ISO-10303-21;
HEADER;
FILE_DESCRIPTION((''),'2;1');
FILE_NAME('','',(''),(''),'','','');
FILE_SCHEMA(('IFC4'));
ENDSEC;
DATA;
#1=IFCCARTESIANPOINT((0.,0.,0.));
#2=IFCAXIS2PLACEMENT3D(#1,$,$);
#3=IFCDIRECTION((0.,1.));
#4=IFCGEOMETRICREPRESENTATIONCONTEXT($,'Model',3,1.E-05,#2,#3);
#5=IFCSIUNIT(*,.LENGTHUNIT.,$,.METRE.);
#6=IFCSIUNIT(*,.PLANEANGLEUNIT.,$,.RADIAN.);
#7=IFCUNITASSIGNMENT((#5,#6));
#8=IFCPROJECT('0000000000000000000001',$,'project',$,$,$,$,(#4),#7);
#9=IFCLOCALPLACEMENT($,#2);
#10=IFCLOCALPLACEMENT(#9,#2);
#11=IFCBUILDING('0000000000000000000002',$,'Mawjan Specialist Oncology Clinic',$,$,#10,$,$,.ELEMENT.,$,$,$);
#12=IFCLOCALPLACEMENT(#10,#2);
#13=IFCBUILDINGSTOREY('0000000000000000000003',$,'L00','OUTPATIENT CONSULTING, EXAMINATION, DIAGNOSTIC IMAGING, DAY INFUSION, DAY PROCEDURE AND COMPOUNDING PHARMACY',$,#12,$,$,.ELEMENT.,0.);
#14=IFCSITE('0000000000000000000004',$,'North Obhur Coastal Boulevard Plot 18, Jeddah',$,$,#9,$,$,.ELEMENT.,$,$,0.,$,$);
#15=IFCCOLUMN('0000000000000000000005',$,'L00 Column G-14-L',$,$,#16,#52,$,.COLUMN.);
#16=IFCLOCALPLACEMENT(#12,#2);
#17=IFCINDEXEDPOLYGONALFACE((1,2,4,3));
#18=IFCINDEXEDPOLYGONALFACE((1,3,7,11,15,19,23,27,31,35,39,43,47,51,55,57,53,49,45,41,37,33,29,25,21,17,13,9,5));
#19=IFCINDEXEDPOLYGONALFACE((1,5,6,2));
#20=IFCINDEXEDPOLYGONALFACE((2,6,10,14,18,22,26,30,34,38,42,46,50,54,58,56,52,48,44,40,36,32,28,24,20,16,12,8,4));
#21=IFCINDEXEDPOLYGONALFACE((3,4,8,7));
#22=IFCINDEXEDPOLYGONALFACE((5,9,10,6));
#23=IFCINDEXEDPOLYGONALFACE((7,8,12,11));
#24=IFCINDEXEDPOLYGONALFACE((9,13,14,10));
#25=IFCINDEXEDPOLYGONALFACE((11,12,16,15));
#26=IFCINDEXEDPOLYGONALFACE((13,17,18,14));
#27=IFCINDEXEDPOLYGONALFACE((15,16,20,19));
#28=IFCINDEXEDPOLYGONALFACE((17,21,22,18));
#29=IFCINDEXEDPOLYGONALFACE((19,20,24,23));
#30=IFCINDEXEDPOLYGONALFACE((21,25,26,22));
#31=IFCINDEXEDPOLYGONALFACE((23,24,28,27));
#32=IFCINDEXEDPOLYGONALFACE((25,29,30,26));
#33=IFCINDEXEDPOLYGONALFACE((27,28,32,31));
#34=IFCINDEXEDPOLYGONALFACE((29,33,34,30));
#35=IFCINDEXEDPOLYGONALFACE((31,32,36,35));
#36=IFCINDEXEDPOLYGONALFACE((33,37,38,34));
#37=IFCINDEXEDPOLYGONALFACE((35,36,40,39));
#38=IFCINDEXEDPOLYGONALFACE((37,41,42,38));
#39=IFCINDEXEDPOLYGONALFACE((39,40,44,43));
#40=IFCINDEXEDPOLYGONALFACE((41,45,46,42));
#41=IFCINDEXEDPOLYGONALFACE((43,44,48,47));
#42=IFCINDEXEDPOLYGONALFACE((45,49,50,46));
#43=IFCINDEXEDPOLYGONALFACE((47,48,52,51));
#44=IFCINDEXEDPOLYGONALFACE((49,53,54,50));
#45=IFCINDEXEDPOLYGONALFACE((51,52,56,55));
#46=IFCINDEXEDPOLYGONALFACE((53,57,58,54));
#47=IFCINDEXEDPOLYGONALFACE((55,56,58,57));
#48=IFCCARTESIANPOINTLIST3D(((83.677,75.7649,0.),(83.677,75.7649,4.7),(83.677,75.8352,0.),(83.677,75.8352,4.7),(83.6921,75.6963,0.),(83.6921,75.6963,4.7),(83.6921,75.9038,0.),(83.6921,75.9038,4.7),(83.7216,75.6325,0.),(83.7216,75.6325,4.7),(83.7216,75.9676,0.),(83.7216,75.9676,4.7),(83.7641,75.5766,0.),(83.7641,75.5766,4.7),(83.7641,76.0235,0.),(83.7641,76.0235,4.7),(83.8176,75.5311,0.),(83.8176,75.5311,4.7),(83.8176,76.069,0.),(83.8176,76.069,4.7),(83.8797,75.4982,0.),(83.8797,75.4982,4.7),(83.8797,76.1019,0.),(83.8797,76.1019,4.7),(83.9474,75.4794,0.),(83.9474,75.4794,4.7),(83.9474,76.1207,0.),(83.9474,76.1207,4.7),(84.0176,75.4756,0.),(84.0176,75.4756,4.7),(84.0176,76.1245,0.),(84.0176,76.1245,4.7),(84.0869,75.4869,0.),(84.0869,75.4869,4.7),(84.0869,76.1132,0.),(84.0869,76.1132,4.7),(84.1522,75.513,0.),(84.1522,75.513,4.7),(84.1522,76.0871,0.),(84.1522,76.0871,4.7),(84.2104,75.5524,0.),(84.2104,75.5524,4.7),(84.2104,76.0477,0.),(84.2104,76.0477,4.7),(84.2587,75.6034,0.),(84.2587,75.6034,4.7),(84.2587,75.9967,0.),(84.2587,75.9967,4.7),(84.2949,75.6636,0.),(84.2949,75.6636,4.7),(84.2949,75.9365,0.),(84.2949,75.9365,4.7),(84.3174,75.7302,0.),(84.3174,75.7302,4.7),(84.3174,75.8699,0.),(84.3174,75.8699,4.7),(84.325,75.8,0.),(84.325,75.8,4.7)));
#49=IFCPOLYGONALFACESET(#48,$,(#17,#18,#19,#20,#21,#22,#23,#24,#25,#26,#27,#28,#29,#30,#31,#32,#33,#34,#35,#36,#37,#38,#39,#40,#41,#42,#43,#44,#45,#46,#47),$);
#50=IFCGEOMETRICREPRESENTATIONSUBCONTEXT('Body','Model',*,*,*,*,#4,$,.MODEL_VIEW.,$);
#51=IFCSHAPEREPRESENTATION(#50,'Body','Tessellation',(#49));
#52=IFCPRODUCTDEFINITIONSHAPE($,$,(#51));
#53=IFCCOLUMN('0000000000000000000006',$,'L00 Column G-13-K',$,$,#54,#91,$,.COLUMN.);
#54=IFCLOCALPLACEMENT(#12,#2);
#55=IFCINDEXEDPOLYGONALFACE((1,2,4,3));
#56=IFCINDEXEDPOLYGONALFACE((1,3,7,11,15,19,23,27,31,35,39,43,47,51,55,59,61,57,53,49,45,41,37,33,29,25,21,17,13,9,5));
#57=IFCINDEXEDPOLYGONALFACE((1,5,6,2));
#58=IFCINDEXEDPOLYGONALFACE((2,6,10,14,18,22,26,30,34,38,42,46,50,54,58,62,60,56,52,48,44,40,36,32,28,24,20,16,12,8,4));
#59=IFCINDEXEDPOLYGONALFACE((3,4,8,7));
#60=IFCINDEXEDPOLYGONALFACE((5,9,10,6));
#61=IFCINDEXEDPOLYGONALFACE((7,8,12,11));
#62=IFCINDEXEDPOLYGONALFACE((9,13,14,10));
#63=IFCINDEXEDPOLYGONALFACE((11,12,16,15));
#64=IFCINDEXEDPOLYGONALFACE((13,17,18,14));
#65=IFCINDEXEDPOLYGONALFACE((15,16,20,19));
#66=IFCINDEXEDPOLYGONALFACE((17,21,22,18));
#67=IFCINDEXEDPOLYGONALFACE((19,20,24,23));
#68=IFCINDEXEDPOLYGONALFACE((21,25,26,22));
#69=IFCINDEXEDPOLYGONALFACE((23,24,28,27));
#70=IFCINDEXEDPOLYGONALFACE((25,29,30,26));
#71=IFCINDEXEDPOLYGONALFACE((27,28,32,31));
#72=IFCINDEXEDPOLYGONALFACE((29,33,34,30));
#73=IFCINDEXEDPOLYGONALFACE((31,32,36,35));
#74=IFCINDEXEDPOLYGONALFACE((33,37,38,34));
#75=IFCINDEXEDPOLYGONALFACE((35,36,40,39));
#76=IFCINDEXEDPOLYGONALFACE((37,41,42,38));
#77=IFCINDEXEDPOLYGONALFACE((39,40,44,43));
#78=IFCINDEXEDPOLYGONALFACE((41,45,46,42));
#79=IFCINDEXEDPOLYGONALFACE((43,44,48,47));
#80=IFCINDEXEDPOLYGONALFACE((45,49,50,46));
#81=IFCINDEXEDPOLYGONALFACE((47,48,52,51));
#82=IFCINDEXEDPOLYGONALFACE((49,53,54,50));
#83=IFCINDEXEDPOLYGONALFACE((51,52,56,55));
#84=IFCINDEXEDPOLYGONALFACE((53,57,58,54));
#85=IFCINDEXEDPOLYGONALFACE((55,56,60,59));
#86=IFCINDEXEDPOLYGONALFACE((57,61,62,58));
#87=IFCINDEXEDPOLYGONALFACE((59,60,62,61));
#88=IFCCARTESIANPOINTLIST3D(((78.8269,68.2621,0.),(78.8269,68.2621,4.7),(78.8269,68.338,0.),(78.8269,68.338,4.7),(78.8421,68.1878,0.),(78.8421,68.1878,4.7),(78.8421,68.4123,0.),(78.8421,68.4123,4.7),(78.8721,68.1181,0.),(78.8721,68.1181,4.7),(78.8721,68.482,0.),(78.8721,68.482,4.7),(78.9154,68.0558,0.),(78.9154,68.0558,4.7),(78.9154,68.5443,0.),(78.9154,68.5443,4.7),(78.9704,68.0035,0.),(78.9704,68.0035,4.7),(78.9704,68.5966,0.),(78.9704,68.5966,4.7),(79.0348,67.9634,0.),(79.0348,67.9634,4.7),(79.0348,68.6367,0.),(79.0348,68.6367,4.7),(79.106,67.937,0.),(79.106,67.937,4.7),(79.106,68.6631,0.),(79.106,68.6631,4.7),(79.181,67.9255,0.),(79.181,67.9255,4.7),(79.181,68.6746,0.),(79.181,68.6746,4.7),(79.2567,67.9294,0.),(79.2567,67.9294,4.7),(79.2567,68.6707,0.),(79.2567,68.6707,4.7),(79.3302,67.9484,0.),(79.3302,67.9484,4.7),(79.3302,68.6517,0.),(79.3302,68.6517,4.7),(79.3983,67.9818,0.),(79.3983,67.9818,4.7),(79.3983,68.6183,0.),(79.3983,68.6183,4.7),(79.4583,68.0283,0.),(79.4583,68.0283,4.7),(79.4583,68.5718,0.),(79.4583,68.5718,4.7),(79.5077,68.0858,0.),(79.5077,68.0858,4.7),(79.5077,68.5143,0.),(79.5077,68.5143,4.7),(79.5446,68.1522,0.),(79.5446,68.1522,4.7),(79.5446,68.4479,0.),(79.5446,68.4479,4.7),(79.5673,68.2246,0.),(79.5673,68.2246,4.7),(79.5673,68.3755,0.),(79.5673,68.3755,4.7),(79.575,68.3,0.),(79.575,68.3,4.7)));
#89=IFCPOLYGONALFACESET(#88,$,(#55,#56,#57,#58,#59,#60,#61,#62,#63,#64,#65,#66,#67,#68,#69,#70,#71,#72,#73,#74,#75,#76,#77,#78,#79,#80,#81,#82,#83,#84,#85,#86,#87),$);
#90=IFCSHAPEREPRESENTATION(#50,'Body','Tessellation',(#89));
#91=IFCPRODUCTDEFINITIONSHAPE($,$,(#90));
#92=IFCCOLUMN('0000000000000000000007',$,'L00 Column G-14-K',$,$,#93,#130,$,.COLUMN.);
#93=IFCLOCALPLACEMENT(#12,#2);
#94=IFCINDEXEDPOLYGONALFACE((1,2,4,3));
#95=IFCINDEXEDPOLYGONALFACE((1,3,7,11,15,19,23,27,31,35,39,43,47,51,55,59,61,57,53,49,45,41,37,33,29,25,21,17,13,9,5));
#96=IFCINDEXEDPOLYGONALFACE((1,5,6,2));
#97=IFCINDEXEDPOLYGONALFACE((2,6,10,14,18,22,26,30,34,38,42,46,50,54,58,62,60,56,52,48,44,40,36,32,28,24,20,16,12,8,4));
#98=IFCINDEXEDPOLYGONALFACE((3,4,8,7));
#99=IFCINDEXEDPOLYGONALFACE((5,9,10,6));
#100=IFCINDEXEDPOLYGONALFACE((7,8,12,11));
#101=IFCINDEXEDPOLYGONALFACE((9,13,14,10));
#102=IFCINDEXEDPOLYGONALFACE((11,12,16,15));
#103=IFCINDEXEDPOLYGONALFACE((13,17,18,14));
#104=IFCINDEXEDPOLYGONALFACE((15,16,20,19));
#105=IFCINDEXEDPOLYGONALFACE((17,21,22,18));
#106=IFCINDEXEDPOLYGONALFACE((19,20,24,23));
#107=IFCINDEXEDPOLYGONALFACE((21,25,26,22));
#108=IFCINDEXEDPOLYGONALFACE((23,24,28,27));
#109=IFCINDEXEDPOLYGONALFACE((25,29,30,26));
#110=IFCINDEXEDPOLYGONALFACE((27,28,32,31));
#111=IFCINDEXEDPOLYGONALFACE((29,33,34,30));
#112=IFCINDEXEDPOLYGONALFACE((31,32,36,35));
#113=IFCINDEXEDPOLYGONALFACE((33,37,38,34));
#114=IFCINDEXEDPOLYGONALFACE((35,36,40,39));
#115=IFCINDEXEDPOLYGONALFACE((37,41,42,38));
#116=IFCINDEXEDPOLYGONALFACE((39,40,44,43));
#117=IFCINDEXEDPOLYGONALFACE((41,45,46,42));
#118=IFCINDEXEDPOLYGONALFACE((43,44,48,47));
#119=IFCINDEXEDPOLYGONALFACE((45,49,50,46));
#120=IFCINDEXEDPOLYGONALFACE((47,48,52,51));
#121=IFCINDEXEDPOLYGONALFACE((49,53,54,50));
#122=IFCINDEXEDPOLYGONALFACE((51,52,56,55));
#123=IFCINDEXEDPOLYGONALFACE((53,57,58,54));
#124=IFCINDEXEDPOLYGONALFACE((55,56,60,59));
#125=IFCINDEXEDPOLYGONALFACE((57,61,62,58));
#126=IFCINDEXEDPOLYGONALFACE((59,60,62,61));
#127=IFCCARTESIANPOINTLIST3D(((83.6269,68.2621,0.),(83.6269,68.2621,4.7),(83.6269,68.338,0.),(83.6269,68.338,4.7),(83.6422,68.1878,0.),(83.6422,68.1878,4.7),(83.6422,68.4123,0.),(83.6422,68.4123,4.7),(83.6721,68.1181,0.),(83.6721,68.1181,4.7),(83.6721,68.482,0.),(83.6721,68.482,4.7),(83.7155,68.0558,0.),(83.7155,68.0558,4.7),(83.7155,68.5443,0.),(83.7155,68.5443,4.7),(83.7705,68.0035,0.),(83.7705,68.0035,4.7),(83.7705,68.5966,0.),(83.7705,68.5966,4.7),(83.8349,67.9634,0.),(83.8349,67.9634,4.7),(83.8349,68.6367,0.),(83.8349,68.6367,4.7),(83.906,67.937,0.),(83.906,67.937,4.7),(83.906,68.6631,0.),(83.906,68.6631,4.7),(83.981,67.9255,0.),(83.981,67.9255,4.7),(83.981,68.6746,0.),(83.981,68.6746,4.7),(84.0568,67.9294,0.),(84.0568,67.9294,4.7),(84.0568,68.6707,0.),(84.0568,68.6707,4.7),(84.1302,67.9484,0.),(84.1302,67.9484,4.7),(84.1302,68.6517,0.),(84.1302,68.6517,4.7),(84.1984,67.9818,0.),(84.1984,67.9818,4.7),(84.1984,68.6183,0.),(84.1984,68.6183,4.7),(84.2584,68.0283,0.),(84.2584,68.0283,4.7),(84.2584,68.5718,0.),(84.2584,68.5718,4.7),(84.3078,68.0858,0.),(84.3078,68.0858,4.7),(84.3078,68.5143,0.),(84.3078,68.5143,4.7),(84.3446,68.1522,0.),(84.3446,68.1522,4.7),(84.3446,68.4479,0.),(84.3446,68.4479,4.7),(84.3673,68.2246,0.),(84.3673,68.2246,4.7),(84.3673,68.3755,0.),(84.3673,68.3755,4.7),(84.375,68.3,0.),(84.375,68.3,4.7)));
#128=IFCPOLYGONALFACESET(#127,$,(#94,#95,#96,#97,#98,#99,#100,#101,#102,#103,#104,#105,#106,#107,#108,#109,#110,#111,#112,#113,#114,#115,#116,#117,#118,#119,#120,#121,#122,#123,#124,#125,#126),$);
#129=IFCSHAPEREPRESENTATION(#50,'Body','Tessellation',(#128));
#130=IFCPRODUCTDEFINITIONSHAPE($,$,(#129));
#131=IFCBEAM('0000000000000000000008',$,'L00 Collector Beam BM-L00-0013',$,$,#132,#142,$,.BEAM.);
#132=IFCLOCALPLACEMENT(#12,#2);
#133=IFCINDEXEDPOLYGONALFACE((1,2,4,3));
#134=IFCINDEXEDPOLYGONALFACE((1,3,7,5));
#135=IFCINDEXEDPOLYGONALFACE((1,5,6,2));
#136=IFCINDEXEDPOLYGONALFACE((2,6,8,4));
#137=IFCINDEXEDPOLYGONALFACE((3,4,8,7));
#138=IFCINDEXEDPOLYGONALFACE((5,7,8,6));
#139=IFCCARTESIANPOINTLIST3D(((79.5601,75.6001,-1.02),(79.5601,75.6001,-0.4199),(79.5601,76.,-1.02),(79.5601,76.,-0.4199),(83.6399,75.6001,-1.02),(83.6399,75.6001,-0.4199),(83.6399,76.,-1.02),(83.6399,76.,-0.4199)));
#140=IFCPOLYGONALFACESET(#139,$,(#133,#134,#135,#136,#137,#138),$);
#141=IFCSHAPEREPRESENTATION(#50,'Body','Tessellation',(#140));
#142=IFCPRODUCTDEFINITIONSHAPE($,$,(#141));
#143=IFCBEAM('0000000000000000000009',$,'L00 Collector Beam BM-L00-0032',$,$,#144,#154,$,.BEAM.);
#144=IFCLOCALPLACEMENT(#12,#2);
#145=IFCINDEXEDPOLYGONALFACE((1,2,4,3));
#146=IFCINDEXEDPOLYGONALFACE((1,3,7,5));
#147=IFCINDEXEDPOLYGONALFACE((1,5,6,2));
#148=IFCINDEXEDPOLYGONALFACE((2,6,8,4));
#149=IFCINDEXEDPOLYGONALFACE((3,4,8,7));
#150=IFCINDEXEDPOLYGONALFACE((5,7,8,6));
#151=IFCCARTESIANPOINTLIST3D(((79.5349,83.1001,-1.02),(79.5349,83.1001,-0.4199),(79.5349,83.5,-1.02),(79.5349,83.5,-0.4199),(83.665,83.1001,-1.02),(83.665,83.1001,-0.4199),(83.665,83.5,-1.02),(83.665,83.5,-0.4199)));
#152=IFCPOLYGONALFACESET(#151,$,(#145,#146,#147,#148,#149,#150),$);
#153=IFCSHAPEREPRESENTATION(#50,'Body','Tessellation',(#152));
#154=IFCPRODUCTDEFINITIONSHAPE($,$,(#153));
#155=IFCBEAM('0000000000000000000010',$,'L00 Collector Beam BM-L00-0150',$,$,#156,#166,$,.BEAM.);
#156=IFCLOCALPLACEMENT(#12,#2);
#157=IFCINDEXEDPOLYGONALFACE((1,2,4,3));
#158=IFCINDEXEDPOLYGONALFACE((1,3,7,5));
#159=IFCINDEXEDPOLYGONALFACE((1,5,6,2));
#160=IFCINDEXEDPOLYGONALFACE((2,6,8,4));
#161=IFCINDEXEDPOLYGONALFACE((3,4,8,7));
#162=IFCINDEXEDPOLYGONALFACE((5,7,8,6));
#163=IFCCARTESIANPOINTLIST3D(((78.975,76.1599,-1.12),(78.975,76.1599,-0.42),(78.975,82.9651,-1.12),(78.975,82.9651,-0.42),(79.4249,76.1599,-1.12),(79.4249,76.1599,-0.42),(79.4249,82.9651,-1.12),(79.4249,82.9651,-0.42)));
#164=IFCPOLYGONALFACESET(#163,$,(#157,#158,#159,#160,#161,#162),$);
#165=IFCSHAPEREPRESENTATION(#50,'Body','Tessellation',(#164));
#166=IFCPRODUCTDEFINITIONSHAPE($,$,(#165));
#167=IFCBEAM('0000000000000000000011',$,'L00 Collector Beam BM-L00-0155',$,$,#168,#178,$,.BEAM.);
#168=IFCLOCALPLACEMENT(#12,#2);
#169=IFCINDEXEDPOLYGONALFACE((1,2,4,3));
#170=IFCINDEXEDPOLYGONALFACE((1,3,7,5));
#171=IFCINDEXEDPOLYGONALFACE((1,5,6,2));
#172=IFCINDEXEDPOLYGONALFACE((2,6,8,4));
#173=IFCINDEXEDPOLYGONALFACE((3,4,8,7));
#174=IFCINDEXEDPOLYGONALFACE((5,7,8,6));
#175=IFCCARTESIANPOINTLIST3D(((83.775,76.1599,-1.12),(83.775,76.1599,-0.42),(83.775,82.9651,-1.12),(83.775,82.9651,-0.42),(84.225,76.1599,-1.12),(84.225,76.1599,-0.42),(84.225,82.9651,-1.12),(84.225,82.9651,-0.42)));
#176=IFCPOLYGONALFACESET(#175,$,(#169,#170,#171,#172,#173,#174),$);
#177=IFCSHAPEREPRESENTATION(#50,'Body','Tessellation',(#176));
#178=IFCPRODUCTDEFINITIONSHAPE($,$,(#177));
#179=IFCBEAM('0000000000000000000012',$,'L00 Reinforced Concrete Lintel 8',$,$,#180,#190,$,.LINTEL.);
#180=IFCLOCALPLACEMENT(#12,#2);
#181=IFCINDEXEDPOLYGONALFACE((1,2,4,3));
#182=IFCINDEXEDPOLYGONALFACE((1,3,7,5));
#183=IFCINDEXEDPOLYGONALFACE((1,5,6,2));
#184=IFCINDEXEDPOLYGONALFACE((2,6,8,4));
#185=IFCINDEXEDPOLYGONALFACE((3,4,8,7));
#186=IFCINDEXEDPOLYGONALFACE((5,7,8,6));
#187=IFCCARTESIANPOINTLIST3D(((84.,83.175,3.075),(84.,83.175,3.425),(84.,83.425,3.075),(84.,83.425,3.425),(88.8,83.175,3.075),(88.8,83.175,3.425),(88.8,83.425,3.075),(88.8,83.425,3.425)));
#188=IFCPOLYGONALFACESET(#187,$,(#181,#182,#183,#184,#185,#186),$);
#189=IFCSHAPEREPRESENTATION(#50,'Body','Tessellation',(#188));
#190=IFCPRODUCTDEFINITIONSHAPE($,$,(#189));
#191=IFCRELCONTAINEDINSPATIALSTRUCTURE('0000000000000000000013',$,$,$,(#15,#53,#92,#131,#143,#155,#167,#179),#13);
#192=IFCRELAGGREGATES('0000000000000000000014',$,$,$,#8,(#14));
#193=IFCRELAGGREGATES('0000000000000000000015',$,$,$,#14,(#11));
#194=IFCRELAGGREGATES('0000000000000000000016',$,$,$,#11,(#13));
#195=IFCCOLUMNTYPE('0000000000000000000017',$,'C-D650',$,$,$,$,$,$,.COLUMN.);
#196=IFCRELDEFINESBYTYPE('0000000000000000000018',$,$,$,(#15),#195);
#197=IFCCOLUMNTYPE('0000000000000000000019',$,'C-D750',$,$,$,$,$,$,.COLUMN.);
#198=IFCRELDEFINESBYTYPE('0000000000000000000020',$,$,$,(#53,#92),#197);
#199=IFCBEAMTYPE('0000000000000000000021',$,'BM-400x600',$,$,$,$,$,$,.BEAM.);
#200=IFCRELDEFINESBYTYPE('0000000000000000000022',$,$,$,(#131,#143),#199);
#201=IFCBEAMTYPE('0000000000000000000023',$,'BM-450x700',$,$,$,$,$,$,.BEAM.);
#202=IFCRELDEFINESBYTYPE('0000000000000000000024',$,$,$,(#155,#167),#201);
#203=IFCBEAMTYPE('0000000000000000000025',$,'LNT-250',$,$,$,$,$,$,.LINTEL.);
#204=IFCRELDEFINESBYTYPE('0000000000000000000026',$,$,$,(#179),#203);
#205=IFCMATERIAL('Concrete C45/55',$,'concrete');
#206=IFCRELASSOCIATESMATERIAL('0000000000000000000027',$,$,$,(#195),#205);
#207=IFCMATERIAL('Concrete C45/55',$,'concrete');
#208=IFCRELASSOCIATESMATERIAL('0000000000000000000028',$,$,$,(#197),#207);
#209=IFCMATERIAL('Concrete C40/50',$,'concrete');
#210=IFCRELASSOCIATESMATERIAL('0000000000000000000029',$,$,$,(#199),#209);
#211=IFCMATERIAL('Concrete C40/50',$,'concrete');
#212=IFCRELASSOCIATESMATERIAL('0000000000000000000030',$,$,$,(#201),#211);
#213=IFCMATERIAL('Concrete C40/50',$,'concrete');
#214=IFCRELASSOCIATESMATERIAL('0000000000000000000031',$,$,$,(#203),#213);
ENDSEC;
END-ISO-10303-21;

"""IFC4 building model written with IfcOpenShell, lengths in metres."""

from ifc_helpers import new_model, si_unit, direction, frame, origin, origin_2d, place, context, subcontext, project, spatial, rectangle, circle, extrude, material, material_profile, profile_set, type_object, element, save


model = new_model("IFC4")

# Units and contexts
model_context = context("Model", 3, precision=1e-05, world=origin(), true_north=direction((0.0, 1.0)))
body_context = subcontext(model_context, "Body", "Model", "MODEL_VIEW")
ifc_project = project(units=[si_unit("LENGTHUNIT", "METRE"), si_unit("PLANEANGLEUNIT", "RADIAN")], contexts=[model_context])

# Site, building, storey
site_placement = place(None, origin())
site = spatial("IfcSite", under=ifc_project, at=site_placement, Name="North Obhur Coastal Boulevard Plot 18, Jeddah", CompositionType="ELEMENT", RefElevation=0.0)
building_placement = place(site_placement, origin())
building = spatial("IfcBuilding", under=site, at=building_placement, Name="Mawjan Specialist Oncology Clinic", CompositionType="ELEMENT")
storey_placement = place(building_placement, origin())
storey = spatial("IfcBuildingStorey", under=building, at=storey_placement, Name="L00", Description="OUTPATIENT CONSULTING, EXAMINATION, DIAGNOSTIC IMAGING, DAY INFUSION, DAY PROCEDURE AND COMPOUNDING PHARMACY", CompositionType="ELEMENT", Elevation=0.0)

# Columns
ifc_material_1 = material(Name="Concrete C45/55", Category="concrete")
ifc_material_profile_1 = material_profile(ifc_material_1, circle(Radius=0.325, at=origin_2d()), Name="RC COL D650", Category="concrete")
ifc_profile_set_1 = profile_set([ifc_material_profile_1], Name="Concrete C45/55")
column_type_1 = type_object("IfcColumnType", Name="C-D650", PredefinedType="COLUMN", material=ifc_profile_set_1)
for number, where, z_axis, x_axis, name in (
    (1, (84.0, 75.8, 0.0), (0.0, 0.0, 1.0), (1.0, 0.0, 0.0), "L00 Column G-14-L"),
):
    element("IfcColumn", number, at=place(storey_placement, frame(where, z_axis=z_axis, x_axis=x_axis)), inside=storey, type_object=column_type_1, Name=name, PredefinedType="COLUMN", context=body_context, shape_type="SweptSolid", body=[
        extrude(circle(Radius=0.325, at=origin_2d()), origin(), (0.0, 0.0, 1.0), 4.7),
    ])
ifc_material_2 = material(Name="Concrete C45/55", Category="concrete")
ifc_material_profile_2 = material_profile(ifc_material_2, circle(Radius=0.375, at=origin_2d()), Name="RC COL D750", Category="concrete")
ifc_profile_set_2 = profile_set([ifc_material_profile_2], Name="Concrete C45/55")
column_type_2 = type_object("IfcColumnType", Name="C-D750", PredefinedType="COLUMN", material=ifc_profile_set_2)
for number, where, z_axis, x_axis, name in (
    (2, (79.2, 68.3, 0.0), (0.0, 0.0, 1.0), (1.0, 0.0, 0.0), "L00 Column G-13-K"),
    (3, (84.0, 68.3, 0.0), (0.0, 0.0, 1.0), (1.0, 0.0, 0.0), "L00 Column G-14-K"),
):
    element("IfcColumn", number, at=place(storey_placement, frame(where, z_axis=z_axis, x_axis=x_axis)), inside=storey, type_object=column_type_2, Name=name, PredefinedType="COLUMN", context=body_context, shape_type="SweptSolid", body=[
        extrude(circle(Radius=0.375, at=origin_2d()), origin(), (0.0, 0.0, 1.0), 4.7),
    ])

# Beams
ifc_material_3 = material(Name="Concrete C40/50", Category="concrete")
ifc_material_profile_3 = material_profile(ifc_material_3, rectangle(XDim=0.3999, YDim=0.6001, at=origin_2d()), Name="RC BM 400x600", Category="concrete")
ifc_profile_set_3 = profile_set([ifc_material_profile_3], Name="Concrete C40/50")
beam_type_1 = type_object("IfcBeamType", Name="BM-400x600", PredefinedType="BEAM", material=ifc_profile_set_3)
beam_1_placement = place(storey_placement, frame((79.5601, 75.8, -0.72), z_axis=(1.0, 0.0, 0.0), x_axis=(0.0, 1.0, 0.0)))
element("IfcBeam", 4, at=beam_1_placement, inside=storey, type_object=beam_type_1, Name="L00 Collector Beam BM-L00-0013", PredefinedType="BEAM", context=body_context, shape_type="SweptSolid", body=[
    extrude(rectangle(XDim=0.3999, YDim=0.6001, at=origin_2d()), origin(), (0.0, 0.0, 1.0), 4.0798),
])
beam_2_placement = place(storey_placement, frame((79.5349, 83.3, -0.72), z_axis=(1.0, 0.0, 0.0), x_axis=(0.0, 1.0, 0.0)))
element("IfcBeam", 5, at=beam_2_placement, inside=storey, type_object=beam_type_1, Name="L00 Collector Beam BM-L00-0032", PredefinedType="BEAM", context=body_context, shape_type="SweptSolid", body=[
    extrude(rectangle(XDim=0.3999, YDim=0.6001, at=origin_2d()), origin(), (0.0, 0.0, 1.0), 4.1301),
])
ifc_material_4 = material(Name="Concrete C40/50", Category="concrete")
ifc_material_profile_4 = material_profile(ifc_material_4, rectangle(XDim=0.45, YDim=0.7, at=origin_2d()), Name="RC BM 450x700", Category="concrete")
ifc_profile_set_4 = profile_set([ifc_material_profile_4], Name="Concrete C40/50")
beam_type_2 = type_object("IfcBeamType", Name="BM-450x700", PredefinedType="BEAM", material=ifc_profile_set_4)
for number, where, z_axis, x_axis, name in (
    (6, (79.2, 76.1599, -0.77), (0.0, 1.0, 0.0), (-1.0, 0.0, 0.0), "L00 Collector Beam BM-L00-0150"),
    (7, (84.0, 76.1599, -0.77), (0.0, 1.0, 0.0), (-1.0, 0.0, 0.0), "L00 Collector Beam BM-L00-0155"),
):
    element("IfcBeam", number, at=place(storey_placement, frame(where, z_axis=z_axis, x_axis=x_axis)), inside=storey, type_object=beam_type_2, Name=name, PredefinedType="BEAM", context=body_context, shape_type="SweptSolid", body=[
        extrude(rectangle(XDim=0.45, YDim=0.7, at=origin_2d()), origin(), (0.0, 0.0, 1.0), 6.8052),
    ])
ifc_material_5 = material(Name="Concrete C40/50", Category="concrete")
ifc_material_profile_5 = material_profile(ifc_material_5, rectangle(XDim=0.25, YDim=0.3501, at=origin_2d()), Name="RC LINTEL 250x350", Category="concrete")
ifc_profile_set_5 = profile_set([ifc_material_profile_5], Name="Concrete C40/50")
beam_type_3 = type_object("IfcBeamType", Name="LNT-250", PredefinedType="LINTEL", material=ifc_profile_set_5)
beam_3_placement = place(storey_placement, frame((84.0, 83.3, 3.25), z_axis=(1.0, 0.0, 0.0), x_axis=(0.0, 1.0, 0.0)))
element("IfcBeam", 8, at=beam_3_placement, inside=storey, type_object=beam_type_3, Name="L00 Reinforced Concrete Lintel 8", PredefinedType="LINTEL", context=body_context, shape_type="SweptSolid", body=[
    extrude(rectangle(XDim=0.25, YDim=0.3501, at=origin_2d()), origin(), (0.0, 0.0, 1.0), 4.8),
])

save(model, "model.ifc")
